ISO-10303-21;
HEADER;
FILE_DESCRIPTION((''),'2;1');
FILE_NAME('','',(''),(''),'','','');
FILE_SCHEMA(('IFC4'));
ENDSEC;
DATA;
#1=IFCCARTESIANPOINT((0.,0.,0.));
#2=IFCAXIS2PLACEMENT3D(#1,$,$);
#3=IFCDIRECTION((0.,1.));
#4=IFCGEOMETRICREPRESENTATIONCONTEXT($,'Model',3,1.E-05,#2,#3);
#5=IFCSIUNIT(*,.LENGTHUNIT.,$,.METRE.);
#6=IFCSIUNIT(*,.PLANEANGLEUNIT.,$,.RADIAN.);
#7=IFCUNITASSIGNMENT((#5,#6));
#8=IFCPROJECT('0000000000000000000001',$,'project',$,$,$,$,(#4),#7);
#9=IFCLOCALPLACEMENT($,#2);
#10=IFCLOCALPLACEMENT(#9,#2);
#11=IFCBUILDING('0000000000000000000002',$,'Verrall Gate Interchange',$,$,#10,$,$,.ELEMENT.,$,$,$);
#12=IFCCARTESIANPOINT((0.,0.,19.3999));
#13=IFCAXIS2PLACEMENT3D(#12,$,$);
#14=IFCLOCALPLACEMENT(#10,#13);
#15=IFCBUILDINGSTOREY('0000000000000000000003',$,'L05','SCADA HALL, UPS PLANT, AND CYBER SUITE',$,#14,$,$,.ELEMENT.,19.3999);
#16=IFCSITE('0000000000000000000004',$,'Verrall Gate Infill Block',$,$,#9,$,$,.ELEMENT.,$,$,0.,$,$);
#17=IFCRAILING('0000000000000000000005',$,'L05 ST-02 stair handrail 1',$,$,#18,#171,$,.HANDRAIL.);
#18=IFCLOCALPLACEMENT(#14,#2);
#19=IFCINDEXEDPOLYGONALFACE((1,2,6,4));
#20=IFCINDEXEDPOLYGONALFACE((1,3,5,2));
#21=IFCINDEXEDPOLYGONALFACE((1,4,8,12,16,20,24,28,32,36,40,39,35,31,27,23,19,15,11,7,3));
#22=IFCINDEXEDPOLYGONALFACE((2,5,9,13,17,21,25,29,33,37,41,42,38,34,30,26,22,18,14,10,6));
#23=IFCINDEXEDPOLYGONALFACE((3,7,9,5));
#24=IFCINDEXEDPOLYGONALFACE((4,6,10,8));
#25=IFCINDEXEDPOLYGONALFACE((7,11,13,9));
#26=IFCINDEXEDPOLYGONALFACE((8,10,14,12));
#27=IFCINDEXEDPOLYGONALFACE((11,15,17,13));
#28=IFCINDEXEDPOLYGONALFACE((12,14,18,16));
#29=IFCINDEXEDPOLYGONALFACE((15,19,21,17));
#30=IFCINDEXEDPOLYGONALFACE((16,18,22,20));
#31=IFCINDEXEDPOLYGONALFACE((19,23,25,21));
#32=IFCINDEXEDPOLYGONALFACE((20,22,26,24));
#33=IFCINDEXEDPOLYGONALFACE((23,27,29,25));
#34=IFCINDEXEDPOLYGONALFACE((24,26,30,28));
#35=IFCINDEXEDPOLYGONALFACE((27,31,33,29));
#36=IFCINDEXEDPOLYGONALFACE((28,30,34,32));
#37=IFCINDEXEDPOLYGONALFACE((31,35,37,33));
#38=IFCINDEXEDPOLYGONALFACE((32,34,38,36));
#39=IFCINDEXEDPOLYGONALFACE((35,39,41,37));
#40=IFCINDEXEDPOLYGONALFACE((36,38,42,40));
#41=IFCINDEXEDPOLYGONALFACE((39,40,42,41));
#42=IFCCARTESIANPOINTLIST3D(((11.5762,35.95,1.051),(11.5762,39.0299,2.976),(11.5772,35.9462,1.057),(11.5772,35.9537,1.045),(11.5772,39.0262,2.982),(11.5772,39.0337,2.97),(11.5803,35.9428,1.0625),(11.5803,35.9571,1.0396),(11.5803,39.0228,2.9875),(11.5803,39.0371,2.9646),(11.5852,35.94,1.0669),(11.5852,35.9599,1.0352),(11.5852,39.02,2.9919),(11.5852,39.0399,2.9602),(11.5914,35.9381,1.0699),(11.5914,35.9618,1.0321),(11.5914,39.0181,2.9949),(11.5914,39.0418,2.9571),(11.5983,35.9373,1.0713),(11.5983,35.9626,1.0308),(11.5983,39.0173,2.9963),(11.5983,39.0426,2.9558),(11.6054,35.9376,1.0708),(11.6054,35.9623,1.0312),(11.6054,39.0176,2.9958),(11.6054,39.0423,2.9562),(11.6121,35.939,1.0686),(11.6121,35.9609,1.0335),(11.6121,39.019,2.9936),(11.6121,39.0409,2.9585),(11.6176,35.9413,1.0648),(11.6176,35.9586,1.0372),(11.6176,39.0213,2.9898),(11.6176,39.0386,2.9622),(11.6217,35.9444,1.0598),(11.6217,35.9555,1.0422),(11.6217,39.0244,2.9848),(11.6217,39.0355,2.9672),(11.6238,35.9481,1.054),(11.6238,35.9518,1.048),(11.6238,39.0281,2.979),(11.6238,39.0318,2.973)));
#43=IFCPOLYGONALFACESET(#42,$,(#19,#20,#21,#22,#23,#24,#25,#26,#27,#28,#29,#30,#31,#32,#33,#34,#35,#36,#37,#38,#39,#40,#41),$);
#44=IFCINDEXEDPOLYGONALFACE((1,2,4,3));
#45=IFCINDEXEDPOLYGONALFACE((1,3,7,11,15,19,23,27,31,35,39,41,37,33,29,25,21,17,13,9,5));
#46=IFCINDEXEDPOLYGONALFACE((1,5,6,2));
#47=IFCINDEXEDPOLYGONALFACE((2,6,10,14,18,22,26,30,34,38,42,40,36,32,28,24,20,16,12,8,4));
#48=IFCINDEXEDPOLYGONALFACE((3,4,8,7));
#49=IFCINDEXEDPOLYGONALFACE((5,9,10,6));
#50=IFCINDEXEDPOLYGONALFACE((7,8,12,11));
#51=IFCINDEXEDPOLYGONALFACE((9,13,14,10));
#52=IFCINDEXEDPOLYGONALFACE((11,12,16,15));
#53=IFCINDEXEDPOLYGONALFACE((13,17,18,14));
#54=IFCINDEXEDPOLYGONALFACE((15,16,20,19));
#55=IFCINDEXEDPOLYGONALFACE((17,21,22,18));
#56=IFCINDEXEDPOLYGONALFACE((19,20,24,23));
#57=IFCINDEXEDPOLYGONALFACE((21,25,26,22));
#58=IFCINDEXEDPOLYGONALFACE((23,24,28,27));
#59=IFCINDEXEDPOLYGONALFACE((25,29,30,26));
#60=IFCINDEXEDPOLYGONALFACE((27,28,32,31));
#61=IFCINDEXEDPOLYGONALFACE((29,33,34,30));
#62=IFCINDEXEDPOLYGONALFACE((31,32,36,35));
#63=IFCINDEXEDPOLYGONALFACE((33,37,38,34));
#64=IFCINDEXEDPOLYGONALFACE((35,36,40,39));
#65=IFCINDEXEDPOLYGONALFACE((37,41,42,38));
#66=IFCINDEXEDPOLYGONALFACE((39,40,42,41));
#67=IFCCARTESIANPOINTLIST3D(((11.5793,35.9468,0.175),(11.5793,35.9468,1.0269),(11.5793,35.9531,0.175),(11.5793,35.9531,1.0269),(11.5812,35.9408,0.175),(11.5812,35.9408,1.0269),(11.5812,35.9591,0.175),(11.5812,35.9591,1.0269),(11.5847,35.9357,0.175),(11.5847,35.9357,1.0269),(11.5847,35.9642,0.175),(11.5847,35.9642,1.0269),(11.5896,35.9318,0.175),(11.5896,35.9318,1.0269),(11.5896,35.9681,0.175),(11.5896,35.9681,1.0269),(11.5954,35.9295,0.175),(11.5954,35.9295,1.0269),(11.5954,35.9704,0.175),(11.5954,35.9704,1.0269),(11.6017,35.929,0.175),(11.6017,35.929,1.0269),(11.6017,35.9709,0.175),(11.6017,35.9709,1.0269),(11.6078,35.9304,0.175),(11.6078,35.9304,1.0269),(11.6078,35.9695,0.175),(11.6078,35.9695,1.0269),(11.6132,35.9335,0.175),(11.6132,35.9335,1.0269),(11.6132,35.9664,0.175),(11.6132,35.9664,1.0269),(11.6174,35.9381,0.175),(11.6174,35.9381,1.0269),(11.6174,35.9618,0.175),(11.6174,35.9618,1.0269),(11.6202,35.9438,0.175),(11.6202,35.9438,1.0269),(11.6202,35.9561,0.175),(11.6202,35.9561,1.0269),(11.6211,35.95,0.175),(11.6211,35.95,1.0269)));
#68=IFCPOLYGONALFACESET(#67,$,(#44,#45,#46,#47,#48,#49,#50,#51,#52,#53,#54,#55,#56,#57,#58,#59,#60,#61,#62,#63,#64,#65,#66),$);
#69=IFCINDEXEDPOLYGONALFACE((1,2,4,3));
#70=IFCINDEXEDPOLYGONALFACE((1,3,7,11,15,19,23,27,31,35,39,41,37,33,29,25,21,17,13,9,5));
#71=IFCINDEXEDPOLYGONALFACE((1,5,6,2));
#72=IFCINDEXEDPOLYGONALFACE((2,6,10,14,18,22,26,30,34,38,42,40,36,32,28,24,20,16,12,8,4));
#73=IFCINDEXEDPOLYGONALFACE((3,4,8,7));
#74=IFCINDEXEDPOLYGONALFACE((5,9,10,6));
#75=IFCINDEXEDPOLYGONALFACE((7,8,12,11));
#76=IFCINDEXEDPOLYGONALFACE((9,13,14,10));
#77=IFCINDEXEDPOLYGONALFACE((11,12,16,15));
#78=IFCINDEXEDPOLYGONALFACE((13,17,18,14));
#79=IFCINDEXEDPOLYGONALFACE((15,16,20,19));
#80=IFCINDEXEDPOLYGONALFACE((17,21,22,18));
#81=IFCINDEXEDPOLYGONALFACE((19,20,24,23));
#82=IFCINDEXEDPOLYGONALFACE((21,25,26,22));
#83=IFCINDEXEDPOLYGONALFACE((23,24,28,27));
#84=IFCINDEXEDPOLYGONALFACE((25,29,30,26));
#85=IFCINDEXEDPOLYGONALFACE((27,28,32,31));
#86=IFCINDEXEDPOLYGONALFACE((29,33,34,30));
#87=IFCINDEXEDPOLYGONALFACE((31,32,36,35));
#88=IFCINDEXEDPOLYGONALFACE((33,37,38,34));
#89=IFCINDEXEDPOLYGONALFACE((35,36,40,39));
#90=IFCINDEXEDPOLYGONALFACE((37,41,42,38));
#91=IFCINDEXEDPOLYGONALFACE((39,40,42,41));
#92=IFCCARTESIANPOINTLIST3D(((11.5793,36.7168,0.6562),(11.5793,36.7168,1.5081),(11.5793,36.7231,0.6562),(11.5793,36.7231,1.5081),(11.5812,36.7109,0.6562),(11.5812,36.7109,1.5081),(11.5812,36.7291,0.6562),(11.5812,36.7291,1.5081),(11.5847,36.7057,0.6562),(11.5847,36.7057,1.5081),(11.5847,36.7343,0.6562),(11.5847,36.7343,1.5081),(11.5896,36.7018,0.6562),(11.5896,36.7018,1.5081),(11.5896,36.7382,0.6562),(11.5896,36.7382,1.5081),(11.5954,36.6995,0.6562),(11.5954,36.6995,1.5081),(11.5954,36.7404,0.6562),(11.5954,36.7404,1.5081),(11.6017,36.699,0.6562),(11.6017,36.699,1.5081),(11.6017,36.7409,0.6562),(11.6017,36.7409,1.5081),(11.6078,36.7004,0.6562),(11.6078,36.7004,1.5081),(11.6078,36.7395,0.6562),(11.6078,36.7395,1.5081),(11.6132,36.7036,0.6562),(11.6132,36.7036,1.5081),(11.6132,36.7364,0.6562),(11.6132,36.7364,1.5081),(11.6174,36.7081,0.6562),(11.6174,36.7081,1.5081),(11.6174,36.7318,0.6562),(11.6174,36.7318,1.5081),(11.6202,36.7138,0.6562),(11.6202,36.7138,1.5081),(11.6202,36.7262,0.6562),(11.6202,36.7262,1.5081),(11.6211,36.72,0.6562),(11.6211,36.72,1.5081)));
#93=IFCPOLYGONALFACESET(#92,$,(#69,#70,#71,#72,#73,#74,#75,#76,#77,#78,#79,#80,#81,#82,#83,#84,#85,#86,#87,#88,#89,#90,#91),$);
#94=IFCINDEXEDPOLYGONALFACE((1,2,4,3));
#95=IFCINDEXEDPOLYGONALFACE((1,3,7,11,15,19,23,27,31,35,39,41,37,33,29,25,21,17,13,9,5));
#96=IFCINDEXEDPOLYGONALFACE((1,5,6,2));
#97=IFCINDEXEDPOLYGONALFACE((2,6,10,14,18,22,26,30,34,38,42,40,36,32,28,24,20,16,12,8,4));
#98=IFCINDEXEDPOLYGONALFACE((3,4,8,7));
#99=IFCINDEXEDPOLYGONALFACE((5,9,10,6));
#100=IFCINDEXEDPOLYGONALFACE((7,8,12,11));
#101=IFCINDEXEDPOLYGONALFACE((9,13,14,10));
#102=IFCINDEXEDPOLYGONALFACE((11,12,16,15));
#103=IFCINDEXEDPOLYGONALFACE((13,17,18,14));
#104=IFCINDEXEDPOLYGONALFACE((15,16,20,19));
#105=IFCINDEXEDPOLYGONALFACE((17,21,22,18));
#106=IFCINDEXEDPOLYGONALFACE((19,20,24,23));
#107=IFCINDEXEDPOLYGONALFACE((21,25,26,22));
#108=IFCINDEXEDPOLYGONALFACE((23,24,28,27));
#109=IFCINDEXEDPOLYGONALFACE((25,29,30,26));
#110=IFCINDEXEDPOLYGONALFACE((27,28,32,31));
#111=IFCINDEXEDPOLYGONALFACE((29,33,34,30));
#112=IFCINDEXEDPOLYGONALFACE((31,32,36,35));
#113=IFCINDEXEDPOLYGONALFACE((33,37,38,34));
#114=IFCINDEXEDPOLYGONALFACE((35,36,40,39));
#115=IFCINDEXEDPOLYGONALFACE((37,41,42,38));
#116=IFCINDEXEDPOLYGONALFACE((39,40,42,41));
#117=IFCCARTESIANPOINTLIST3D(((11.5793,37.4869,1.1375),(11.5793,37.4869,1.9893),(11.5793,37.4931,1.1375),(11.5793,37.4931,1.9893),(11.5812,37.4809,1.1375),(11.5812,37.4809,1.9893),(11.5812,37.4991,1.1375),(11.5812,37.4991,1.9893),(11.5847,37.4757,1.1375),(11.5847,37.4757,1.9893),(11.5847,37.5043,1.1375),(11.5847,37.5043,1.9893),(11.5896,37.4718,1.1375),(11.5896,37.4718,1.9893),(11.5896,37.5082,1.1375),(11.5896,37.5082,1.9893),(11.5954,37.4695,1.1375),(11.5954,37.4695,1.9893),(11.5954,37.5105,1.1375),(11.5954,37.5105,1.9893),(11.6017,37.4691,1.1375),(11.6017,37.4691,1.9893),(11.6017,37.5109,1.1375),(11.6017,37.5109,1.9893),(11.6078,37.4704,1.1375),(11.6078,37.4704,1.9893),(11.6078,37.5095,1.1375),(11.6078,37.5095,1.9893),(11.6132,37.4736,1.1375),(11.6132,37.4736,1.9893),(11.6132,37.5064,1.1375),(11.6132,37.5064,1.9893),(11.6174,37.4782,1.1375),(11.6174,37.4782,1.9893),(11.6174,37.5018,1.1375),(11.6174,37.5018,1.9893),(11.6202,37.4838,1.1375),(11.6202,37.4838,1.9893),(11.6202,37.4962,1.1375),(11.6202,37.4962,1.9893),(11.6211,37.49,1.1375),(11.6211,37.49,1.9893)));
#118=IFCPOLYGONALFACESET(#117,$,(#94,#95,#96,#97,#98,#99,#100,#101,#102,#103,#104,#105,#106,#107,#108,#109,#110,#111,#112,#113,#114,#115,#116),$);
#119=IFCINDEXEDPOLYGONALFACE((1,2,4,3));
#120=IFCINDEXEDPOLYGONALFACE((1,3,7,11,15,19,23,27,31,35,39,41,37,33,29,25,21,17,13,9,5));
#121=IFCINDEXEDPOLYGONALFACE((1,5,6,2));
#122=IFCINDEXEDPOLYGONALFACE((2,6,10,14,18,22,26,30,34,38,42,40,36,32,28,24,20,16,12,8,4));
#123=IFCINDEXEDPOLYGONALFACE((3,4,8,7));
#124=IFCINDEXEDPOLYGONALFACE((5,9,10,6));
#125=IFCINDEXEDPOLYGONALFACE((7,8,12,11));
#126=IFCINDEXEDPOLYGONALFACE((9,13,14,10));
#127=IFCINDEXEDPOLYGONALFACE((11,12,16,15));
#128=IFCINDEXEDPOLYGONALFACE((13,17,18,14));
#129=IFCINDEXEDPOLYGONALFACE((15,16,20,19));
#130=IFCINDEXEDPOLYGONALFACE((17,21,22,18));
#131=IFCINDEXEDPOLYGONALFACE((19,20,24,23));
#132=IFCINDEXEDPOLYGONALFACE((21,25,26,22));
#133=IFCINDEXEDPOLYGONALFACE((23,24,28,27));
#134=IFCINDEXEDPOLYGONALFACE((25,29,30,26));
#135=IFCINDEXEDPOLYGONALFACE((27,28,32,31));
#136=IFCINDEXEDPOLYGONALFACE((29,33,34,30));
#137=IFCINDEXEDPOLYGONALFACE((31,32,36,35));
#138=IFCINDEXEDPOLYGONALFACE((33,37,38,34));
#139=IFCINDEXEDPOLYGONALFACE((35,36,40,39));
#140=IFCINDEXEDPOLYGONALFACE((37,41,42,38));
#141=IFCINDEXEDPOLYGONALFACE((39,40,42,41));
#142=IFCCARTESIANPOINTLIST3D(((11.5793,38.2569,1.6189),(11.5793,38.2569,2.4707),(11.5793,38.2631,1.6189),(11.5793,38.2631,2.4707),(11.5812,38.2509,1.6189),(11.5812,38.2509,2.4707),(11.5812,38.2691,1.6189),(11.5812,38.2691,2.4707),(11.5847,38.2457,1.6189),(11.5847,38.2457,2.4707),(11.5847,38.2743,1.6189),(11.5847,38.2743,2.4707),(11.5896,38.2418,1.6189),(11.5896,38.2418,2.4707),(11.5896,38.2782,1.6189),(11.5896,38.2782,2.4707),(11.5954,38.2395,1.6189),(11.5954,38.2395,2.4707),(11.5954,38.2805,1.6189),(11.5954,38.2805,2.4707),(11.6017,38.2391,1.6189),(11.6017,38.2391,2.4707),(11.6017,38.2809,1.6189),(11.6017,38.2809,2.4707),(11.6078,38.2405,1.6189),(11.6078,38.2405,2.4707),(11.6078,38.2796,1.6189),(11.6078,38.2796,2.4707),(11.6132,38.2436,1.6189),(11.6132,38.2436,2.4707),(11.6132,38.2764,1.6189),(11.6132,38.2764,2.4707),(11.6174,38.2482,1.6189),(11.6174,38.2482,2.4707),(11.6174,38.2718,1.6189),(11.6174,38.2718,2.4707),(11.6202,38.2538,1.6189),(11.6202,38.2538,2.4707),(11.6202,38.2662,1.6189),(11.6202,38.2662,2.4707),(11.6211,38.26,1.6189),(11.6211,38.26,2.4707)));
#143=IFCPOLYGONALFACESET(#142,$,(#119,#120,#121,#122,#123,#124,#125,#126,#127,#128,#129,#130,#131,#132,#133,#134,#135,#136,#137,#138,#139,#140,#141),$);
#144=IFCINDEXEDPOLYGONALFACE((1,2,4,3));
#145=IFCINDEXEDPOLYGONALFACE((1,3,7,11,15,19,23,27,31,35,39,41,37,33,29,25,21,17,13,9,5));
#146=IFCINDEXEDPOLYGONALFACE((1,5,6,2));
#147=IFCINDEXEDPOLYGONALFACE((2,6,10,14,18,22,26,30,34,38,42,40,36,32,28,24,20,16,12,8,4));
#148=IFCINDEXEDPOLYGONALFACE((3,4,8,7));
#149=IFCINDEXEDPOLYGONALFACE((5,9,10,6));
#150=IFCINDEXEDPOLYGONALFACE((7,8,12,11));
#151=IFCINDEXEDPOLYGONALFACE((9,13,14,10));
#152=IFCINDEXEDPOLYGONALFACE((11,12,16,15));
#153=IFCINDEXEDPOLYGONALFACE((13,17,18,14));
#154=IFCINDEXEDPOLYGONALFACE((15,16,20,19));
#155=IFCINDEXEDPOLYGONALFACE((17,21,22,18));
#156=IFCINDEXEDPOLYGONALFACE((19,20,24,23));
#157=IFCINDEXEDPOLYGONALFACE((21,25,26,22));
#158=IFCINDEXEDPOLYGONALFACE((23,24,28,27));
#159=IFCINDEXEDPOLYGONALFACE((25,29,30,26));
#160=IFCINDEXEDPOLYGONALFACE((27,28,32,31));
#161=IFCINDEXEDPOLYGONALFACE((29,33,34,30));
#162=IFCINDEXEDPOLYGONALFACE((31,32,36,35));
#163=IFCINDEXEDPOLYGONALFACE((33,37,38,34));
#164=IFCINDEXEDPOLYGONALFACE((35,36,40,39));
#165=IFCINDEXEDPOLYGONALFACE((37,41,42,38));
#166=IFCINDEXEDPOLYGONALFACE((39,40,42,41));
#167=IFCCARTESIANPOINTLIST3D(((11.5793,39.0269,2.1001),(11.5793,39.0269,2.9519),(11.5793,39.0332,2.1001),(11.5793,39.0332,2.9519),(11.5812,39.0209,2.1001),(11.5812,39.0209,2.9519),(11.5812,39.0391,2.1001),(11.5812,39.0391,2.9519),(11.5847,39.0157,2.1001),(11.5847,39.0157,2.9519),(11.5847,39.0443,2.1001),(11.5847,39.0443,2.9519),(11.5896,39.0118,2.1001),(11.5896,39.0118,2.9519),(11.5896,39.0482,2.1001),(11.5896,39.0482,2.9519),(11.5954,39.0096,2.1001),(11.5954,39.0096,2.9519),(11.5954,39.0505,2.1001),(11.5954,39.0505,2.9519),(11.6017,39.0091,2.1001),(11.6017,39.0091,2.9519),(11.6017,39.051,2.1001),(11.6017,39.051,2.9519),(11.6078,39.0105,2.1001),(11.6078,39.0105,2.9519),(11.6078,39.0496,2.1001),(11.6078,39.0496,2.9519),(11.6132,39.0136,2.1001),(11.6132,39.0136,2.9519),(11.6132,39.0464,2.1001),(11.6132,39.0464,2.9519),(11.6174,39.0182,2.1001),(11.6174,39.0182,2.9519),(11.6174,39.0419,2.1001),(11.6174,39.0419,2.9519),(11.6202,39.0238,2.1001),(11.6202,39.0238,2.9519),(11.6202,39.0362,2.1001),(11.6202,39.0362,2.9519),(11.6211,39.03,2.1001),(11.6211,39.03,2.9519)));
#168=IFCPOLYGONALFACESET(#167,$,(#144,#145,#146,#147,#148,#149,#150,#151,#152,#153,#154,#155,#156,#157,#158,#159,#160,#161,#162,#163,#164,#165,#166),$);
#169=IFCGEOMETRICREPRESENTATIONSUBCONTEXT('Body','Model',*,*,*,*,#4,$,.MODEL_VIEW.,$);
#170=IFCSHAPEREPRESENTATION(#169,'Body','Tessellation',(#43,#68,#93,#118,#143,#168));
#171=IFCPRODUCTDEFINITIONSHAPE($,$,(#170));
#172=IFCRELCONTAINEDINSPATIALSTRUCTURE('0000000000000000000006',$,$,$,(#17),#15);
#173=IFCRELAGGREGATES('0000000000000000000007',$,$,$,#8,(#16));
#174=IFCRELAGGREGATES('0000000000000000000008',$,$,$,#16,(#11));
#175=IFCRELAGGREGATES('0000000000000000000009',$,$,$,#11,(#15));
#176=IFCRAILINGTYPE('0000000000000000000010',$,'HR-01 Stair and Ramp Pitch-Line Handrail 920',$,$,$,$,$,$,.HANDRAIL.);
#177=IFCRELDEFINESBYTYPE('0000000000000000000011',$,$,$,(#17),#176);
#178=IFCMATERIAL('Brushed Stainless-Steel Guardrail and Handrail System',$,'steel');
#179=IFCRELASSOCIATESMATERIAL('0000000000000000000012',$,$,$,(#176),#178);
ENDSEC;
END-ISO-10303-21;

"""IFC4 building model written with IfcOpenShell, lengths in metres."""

from ifc_helpers import new_model, si_unit, direction, frame, origin, origin_2d, place, context, subcontext, project, spatial, circle, extrude, material, type_object, element, save


model = new_model("IFC4")

# Units and contexts
model_context = context("Model", 3, precision=1e-05, world=origin(), true_north=direction((0.0, 1.0)))
body_context = subcontext(model_context, "Body", "Model", "MODEL_VIEW")
ifc_project = project(units=[si_unit("LENGTHUNIT", "METRE"), si_unit("PLANEANGLEUNIT", "RADIAN")], contexts=[model_context])

# Site, building, storey
site_placement = place(None, origin())
site = spatial("IfcSite", under=ifc_project, at=site_placement, Name="Verrall Gate Infill Block", CompositionType="ELEMENT", RefElevation=0.0)
building_placement = place(site_placement, origin())
building = spatial("IfcBuilding", under=site, at=building_placement, Name="Verrall Gate Interchange", CompositionType="ELEMENT")
storey_placement = place(building_placement, frame((0.0, 0.0, 19.3999)))
storey = spatial("IfcBuildingStorey", under=building, at=storey_placement, Name="L05", Description="SCADA HALL, UPS PLANT, AND CYBER SUITE", CompositionType="ELEMENT", Elevation=19.3999)

# Railing
ifc_material_1 = material(Name="Brushed Stainless-Steel Guardrail and Handrail System", Category="steel")
railing_type_1 = type_object("IfcRailingType", Name="HR-01 Stair and Ramp Pitch-Line Handrail 920", PredefinedType="HANDRAIL", material=ifc_material_1)
railing_1_placement = place(storey_placement, frame((11.6001, 35.95, 0.175)))
element("IfcRailing", 1, at=railing_1_placement, inside=storey, type_object=railing_type_1, Name="L05 ST-02 stair handrail 1", PredefinedType="HANDRAIL", context=body_context, shape_type="SweptSolid", body=[
    extrude(circle(Radius=0.0239, at=origin_2d()), frame((0.0, 0.0, 0.876), z_axis=(0.0, 0.847998, 0.529999), x_axis=(-1.0, 0.0, 0.0)), (0.0, 0.0, 1.0), 3.6321),
    extrude(circle(Radius=0.021, at=origin_2d()), origin(), (0.0, 0.0, 1.0), 0.8518),
    extrude(circle(Radius=0.021, at=origin_2d()), frame((0.0, 0.77, 0.4812)), (0.0, 0.0, 1.0), 0.8518),
    extrude(circle(Radius=0.021, at=origin_2d()), frame((0.0, 1.54, 0.9624)), (0.0, 0.0, 1.0), 0.8518),
    extrude(circle(Radius=0.021, at=origin_2d()), frame((0.0, 2.3101, 1.4438)), (0.0, 0.0, 1.0), 0.8518),
    extrude(circle(Radius=0.021, at=origin_2d()), frame((0.0, 3.0801, 1.925)), (0.0, 0.0, 1.0), 0.8518),
])

save(model, "model.ifc")
